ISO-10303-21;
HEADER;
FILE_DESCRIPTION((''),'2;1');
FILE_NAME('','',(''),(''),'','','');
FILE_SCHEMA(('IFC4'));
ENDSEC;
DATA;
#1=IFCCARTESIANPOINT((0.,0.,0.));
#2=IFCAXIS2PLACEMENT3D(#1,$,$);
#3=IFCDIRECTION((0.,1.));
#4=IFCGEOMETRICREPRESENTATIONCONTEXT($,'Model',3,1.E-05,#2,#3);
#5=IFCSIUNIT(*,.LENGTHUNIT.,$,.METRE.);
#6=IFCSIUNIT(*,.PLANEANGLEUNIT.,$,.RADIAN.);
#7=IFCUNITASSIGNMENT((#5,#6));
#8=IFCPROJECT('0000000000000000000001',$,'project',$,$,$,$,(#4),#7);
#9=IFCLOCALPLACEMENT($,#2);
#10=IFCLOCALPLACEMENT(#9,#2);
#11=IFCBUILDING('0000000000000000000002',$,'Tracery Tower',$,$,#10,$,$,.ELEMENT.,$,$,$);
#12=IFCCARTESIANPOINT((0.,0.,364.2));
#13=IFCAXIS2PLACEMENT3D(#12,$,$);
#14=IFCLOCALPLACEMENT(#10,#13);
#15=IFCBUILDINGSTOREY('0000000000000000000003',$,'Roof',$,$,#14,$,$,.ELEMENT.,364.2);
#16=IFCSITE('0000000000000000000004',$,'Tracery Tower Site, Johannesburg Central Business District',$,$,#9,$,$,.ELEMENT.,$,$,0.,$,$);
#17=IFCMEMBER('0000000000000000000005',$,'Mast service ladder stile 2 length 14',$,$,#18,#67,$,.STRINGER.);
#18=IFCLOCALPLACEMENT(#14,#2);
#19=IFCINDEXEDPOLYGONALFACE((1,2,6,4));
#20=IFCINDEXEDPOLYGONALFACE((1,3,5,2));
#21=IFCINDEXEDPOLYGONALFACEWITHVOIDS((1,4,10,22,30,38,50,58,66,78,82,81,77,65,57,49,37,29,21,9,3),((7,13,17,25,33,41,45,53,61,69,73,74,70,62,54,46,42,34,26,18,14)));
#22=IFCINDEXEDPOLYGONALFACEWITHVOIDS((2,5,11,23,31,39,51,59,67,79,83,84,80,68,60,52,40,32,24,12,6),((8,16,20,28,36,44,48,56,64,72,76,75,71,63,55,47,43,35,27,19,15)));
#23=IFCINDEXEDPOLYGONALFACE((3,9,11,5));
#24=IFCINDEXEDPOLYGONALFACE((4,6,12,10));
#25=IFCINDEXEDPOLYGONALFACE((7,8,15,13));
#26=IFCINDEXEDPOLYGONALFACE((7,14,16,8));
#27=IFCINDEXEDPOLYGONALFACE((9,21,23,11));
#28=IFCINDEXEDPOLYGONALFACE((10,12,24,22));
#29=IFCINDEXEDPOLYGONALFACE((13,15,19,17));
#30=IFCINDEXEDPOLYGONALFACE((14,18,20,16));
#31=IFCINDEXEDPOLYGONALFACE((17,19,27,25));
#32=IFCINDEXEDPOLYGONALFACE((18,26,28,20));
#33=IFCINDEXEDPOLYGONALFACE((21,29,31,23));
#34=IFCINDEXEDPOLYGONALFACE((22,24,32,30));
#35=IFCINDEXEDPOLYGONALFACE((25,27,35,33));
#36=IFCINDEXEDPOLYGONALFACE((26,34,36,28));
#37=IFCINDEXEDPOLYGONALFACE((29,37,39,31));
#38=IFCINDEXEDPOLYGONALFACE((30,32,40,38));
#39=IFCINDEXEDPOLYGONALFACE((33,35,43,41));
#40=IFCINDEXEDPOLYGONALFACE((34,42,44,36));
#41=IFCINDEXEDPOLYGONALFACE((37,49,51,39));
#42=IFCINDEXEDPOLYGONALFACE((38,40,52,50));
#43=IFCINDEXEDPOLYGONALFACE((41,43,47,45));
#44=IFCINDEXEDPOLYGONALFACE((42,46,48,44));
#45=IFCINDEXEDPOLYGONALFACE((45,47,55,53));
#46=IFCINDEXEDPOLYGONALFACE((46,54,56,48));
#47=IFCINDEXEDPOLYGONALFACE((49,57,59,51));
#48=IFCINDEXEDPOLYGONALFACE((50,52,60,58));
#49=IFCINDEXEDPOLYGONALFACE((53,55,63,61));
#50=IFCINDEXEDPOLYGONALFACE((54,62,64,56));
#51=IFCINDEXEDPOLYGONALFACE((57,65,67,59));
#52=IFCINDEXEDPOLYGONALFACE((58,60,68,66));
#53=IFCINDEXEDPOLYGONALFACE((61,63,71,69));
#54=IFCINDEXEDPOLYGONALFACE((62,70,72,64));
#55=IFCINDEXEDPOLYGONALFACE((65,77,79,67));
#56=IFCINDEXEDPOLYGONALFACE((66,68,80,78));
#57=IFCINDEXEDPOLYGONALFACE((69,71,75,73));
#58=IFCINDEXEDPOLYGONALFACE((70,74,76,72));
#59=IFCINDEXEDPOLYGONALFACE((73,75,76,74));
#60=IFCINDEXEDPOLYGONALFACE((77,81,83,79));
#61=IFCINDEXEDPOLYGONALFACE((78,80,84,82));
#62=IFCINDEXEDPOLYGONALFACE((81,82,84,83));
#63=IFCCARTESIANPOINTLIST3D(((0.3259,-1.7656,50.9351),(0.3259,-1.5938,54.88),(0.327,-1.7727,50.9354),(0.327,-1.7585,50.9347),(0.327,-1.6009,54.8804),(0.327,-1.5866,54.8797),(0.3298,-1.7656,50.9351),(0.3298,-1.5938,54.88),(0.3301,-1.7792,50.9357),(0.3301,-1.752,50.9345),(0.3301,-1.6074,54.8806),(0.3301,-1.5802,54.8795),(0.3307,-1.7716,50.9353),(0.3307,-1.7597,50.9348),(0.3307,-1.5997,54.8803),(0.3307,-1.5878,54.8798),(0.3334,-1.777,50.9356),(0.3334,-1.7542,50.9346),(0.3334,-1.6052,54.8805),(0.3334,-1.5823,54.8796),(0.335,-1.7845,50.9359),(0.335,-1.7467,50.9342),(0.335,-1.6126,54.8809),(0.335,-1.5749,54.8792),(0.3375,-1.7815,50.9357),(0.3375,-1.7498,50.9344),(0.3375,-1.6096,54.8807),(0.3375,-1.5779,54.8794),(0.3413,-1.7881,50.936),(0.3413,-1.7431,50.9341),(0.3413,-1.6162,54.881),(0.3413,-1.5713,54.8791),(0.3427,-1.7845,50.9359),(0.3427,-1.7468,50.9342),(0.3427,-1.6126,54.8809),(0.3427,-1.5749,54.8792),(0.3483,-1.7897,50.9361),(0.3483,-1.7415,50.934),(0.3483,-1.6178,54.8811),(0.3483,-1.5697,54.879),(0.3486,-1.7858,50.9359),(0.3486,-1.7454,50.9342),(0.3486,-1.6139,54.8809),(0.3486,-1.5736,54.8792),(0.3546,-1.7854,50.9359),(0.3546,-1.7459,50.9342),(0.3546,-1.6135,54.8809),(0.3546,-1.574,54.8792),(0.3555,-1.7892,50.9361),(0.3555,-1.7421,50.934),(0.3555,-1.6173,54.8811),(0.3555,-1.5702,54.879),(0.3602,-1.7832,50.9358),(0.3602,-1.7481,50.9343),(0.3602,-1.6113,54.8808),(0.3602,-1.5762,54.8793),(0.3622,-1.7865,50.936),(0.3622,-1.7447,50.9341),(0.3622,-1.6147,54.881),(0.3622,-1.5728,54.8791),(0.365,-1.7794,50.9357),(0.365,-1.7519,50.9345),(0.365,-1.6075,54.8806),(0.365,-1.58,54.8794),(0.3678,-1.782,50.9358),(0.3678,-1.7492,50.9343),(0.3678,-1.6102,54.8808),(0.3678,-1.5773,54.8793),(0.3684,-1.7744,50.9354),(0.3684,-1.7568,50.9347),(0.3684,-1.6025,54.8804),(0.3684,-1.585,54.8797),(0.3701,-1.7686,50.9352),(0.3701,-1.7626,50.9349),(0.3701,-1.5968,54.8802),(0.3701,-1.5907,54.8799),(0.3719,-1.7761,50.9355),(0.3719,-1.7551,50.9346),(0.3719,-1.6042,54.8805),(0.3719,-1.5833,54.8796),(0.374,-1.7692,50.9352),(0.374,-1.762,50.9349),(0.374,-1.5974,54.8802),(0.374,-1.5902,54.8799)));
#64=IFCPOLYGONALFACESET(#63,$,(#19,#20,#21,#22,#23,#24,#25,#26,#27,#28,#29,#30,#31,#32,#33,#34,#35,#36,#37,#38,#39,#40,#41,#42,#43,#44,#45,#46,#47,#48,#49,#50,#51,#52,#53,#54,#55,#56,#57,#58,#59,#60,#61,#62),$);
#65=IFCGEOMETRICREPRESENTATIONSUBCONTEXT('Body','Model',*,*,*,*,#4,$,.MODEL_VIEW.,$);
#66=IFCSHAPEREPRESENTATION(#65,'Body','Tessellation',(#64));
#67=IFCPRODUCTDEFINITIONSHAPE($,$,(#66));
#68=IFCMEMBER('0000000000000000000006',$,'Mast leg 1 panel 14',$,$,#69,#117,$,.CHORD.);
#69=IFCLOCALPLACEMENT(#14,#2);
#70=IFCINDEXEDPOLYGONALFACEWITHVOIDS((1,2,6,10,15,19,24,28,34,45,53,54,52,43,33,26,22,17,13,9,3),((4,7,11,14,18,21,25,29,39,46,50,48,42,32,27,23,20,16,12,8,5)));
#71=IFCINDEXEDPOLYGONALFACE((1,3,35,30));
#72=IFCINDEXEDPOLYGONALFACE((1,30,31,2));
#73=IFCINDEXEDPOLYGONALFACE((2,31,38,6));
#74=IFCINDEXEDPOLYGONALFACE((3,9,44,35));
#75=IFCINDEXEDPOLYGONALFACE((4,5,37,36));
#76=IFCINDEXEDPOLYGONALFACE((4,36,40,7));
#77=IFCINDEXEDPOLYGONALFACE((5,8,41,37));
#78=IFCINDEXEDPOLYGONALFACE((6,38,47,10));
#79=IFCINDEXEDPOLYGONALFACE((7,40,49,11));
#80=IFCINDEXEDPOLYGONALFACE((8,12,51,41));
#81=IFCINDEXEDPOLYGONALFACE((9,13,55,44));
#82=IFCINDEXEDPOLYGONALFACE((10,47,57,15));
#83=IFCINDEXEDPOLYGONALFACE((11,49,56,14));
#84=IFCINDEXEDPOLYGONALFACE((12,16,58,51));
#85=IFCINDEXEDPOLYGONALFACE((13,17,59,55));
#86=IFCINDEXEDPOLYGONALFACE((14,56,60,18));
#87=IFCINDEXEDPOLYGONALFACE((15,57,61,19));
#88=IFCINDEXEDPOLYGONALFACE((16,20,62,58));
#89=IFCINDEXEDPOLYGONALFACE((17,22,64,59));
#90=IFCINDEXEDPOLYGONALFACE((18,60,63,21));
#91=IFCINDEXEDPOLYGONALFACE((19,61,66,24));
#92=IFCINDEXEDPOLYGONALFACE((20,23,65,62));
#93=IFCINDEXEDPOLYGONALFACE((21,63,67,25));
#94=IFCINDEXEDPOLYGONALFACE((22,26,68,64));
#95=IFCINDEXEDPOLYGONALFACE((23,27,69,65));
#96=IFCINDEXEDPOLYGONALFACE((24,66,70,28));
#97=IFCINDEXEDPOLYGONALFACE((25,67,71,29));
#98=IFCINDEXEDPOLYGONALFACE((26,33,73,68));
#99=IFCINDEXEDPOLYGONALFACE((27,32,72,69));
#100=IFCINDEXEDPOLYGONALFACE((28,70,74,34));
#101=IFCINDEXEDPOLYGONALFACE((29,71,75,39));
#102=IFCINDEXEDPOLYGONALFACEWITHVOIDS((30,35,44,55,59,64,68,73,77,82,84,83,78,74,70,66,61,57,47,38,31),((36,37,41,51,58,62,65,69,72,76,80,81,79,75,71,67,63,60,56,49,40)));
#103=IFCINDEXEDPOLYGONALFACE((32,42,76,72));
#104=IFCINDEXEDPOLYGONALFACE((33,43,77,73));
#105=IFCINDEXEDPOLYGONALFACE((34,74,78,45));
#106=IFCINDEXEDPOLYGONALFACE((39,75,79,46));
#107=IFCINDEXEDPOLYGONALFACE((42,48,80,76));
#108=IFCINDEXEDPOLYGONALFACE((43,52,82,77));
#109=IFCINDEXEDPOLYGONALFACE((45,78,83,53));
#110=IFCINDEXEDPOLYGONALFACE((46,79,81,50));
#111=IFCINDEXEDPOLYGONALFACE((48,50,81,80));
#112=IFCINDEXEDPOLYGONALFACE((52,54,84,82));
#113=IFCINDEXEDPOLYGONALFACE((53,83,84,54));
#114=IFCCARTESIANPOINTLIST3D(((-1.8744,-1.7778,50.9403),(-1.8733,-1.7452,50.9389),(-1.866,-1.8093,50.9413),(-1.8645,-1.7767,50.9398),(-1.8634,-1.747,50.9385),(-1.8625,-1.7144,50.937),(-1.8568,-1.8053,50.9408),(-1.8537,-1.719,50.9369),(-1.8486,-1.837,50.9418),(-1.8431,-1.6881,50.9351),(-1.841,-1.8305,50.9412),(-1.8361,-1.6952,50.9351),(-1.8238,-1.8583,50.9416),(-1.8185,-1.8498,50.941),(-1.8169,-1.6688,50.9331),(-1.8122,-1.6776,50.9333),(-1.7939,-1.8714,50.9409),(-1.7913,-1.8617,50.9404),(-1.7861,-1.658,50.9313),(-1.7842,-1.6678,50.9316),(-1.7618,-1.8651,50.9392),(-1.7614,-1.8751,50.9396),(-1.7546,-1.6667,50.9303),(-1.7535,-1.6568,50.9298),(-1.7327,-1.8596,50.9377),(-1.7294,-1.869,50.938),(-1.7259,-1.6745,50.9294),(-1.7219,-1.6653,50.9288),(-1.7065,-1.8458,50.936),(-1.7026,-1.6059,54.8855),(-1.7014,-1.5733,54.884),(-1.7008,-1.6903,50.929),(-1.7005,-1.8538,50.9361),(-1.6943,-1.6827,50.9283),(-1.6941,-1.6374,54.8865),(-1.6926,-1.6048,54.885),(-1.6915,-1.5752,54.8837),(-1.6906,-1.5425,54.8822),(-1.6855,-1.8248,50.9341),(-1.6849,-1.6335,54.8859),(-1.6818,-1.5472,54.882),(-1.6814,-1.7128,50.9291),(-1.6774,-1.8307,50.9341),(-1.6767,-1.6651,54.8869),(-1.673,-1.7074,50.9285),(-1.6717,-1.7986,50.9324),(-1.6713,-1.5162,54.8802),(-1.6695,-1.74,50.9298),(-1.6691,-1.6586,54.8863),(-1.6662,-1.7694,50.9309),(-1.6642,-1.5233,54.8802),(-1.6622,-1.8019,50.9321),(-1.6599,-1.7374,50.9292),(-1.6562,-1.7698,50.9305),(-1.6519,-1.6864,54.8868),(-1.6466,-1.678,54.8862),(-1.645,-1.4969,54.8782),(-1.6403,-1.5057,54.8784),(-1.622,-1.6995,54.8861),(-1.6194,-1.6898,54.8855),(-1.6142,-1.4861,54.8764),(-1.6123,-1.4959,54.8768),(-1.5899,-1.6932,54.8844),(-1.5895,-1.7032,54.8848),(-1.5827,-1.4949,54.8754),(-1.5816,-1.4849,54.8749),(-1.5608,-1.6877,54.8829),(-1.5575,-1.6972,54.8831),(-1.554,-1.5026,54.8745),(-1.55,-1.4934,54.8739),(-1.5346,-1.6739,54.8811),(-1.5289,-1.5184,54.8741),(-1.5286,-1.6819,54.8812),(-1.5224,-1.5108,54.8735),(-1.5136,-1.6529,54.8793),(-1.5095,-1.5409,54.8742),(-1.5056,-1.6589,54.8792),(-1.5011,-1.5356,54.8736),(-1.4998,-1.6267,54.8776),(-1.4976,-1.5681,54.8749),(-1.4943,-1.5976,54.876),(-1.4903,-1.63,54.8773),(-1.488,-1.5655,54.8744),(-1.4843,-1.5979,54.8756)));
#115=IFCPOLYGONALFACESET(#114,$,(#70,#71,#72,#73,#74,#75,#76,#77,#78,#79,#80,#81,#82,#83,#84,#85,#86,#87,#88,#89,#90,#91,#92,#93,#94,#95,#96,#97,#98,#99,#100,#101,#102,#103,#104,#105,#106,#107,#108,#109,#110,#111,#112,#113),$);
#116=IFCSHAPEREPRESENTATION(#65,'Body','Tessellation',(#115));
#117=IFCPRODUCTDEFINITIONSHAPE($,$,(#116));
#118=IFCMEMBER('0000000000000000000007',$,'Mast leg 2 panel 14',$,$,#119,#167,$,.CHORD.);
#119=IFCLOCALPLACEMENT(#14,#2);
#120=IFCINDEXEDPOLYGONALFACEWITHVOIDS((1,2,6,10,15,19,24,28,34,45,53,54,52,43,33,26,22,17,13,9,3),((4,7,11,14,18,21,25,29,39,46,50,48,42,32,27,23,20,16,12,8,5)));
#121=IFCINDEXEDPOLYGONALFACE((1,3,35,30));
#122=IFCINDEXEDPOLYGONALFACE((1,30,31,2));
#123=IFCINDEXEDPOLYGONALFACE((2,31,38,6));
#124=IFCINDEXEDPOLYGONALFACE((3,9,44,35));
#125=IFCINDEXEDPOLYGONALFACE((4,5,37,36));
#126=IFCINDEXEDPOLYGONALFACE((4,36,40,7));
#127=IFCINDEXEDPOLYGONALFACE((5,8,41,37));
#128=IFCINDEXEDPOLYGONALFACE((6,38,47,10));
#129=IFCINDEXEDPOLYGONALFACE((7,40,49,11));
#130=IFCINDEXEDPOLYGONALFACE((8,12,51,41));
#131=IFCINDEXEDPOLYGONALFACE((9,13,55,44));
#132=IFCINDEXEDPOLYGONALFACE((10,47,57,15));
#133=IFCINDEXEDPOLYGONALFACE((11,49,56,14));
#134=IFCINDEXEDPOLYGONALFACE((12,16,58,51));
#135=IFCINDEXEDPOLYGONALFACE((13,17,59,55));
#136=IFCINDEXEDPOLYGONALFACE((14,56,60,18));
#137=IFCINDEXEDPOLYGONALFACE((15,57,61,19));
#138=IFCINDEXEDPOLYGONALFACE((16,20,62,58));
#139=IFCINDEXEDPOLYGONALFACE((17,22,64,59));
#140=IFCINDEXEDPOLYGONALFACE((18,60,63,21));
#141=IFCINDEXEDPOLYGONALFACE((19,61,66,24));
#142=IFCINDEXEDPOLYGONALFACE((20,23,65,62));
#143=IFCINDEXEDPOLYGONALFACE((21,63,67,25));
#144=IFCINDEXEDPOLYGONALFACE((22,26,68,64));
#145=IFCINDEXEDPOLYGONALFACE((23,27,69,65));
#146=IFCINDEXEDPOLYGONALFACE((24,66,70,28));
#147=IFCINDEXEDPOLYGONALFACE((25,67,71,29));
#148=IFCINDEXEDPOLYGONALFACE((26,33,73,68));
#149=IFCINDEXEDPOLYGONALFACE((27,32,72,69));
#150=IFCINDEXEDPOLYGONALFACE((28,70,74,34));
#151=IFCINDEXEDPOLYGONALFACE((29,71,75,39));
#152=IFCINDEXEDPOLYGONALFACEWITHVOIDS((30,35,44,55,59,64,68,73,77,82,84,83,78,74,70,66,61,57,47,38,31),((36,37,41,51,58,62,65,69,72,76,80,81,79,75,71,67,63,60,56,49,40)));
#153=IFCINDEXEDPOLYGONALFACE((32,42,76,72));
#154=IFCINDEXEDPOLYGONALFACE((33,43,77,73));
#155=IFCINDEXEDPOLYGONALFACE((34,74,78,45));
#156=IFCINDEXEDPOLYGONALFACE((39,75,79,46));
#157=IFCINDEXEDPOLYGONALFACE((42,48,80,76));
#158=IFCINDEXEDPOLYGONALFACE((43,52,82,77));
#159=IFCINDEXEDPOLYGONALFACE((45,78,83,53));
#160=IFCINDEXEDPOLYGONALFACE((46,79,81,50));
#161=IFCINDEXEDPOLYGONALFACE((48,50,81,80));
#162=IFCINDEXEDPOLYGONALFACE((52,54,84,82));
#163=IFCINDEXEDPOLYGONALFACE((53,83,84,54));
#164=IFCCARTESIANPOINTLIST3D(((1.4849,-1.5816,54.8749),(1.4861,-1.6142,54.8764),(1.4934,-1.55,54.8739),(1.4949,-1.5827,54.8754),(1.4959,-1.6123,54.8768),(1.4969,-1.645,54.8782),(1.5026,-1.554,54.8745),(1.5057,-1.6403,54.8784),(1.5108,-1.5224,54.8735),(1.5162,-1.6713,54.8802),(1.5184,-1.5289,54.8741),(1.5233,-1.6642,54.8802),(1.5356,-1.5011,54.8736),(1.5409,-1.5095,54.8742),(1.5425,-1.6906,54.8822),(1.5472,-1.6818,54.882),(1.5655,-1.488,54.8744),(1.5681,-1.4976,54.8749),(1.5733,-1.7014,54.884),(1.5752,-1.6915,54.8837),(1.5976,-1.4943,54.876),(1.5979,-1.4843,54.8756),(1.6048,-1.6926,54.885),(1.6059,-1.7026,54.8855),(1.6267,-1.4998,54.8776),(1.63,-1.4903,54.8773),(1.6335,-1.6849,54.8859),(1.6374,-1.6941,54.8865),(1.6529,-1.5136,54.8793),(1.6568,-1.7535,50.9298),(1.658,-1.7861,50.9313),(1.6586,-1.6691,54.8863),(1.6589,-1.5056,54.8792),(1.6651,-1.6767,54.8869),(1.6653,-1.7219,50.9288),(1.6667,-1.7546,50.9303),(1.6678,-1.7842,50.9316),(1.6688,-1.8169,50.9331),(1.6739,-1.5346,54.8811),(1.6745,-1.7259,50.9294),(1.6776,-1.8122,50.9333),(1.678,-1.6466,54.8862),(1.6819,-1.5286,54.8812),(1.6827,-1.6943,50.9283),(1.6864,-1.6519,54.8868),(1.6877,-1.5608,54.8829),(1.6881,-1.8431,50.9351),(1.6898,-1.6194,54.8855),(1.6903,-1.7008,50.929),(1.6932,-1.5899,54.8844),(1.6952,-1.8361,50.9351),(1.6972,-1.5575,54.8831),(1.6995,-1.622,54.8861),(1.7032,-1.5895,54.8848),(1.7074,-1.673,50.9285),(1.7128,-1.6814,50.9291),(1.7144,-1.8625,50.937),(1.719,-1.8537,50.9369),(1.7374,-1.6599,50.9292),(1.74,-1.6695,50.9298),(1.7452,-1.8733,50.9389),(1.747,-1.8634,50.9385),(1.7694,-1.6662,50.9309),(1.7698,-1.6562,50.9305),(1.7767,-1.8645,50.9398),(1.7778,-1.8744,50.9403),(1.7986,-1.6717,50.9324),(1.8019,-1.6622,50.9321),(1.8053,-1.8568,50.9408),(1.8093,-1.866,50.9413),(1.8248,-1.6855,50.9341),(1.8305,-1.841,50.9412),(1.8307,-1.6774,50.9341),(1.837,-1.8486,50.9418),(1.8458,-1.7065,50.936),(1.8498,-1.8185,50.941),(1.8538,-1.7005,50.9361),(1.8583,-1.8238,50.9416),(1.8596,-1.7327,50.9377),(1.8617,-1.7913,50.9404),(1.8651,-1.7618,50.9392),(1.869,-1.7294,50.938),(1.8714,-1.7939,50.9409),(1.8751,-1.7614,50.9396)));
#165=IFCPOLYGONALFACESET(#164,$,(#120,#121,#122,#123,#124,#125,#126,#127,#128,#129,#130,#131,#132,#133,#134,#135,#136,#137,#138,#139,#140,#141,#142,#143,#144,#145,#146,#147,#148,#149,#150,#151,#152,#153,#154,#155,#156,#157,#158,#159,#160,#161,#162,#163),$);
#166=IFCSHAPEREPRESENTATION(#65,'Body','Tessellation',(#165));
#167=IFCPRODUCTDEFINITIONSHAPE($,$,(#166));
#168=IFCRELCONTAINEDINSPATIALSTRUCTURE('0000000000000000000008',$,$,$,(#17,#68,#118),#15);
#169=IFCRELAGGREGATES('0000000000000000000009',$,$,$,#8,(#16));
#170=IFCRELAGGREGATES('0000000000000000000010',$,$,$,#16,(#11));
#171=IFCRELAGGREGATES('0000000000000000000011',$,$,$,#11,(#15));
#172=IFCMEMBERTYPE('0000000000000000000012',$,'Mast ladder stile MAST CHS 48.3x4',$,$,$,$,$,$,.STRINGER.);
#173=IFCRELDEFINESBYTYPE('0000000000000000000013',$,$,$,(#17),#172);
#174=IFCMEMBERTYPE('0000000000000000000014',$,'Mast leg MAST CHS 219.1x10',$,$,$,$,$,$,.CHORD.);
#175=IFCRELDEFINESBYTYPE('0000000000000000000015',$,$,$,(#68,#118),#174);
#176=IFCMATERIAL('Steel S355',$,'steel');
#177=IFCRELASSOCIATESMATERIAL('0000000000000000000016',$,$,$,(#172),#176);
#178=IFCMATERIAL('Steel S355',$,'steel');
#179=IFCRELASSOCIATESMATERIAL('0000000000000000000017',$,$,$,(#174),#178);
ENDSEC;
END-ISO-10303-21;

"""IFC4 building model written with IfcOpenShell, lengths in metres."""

from ifc_helpers import new_model, si_unit, direction, frame, origin, origin_2d, place, context, subcontext, project, spatial, hollow_circle, extrude, material, material_profile, profile_set, type_object, element, save


model = new_model("IFC4")

# Units and contexts
model_context = context("Model", 3, precision=1e-05, world=origin(), true_north=direction((0.0, 1.0)))
body_context = subcontext(model_context, "Body", "Model", "MODEL_VIEW")
ifc_project = project(units=[si_unit("LENGTHUNIT", "METRE"), si_unit("PLANEANGLEUNIT", "RADIAN")], contexts=[model_context])

# Site, building, storey
site_placement = place(None, origin())
site = spatial("IfcSite", under=ifc_project, at=site_placement, Name="Tracery Tower Site, Johannesburg Central Business District", CompositionType="ELEMENT", RefElevation=0.0)
building_placement = place(site_placement, origin())
building = spatial("IfcBuilding", under=site, at=building_placement, Name="Tracery Tower", CompositionType="ELEMENT")
storey_placement = place(building_placement, frame((0.0, 0.0, 364.2)))
storey = spatial("IfcBuildingStorey", under=building, at=storey_placement, Name="Roof", CompositionType="ELEMENT", Elevation=364.2)

# Members
ifc_material_1 = material(Name="Steel S355", Category="steel")
ifc_material_profile_1 = material_profile(ifc_material_1, hollow_circle(Radius=0.0242, WallThickness=0.0039, at=origin_2d()), Name="CHS 48.3x4")
ifc_profile_set_1 = profile_set([ifc_material_profile_1], Name="Steel S355")
member_type_1 = type_object("IfcMemberType", Name="Mast ladder stile MAST CHS 48.3x4", PredefinedType="STRINGER", material=ifc_profile_set_1)
for number, where, z_axis, x_axis, name in (
    (1, (0.3501, -1.7656, 50.9351), (0.0, 0.043526, 0.999052), (-1.0, 0.0, 0.0), "Mast service ladder stile 2 length 14"),
):
    element("IfcMember", number, at=place(storey_placement, frame(where, z_axis=z_axis, x_axis=x_axis)), inside=storey, type_object=member_type_1, Name=name, PredefinedType="STRINGER", context=body_context, shape_type="SweptSolid", body=[
        extrude(hollow_circle(Radius=0.0242, WallThickness=0.0039, at=origin_2d()), origin(), (0.0, 0.0, 1.0), 3.9487),
    ])
ifc_material_2 = material(Name="Steel S355", Category="steel")
ifc_material_profile_2 = material_profile(ifc_material_2, hollow_circle(Radius=0.1096, WallThickness=0.01, at=origin_2d()), Name="CHS 219.1x10")
ifc_profile_set_2 = profile_set([ifc_material_profile_2], Name="Steel S355")
member_type_2 = type_object("IfcMemberType", Name="Mast leg MAST CHS 219.1x10", PredefinedType="CHORD", material=ifc_profile_set_2)
for number, where, z_axis, x_axis, name in (
    (2, (-1.7656, -1.7656, 50.9351), (0.043485, 0.043485, 0.998107), (-0.707107, 0.707107, 0.0), "Mast leg 1 panel 14"),
    (3, (1.7656, -1.7656, 50.9351), (-0.043485, 0.043485, 0.998107), (-0.707107, -0.707107, 0.0), "Mast leg 2 panel 14"),
):
    element("IfcMember", number, at=place(storey_placement, frame(where, z_axis=z_axis, x_axis=x_axis)), inside=storey, type_object=member_type_2, Name=name, PredefinedType="CHORD", context=body_context, shape_type="SweptSolid", body=[
        extrude(hollow_circle(Radius=0.1096, WallThickness=0.01, at=origin_2d()), origin(), (0.0, 0.0, 1.0), 3.9526),
    ])

save(model, "model.ifc")
